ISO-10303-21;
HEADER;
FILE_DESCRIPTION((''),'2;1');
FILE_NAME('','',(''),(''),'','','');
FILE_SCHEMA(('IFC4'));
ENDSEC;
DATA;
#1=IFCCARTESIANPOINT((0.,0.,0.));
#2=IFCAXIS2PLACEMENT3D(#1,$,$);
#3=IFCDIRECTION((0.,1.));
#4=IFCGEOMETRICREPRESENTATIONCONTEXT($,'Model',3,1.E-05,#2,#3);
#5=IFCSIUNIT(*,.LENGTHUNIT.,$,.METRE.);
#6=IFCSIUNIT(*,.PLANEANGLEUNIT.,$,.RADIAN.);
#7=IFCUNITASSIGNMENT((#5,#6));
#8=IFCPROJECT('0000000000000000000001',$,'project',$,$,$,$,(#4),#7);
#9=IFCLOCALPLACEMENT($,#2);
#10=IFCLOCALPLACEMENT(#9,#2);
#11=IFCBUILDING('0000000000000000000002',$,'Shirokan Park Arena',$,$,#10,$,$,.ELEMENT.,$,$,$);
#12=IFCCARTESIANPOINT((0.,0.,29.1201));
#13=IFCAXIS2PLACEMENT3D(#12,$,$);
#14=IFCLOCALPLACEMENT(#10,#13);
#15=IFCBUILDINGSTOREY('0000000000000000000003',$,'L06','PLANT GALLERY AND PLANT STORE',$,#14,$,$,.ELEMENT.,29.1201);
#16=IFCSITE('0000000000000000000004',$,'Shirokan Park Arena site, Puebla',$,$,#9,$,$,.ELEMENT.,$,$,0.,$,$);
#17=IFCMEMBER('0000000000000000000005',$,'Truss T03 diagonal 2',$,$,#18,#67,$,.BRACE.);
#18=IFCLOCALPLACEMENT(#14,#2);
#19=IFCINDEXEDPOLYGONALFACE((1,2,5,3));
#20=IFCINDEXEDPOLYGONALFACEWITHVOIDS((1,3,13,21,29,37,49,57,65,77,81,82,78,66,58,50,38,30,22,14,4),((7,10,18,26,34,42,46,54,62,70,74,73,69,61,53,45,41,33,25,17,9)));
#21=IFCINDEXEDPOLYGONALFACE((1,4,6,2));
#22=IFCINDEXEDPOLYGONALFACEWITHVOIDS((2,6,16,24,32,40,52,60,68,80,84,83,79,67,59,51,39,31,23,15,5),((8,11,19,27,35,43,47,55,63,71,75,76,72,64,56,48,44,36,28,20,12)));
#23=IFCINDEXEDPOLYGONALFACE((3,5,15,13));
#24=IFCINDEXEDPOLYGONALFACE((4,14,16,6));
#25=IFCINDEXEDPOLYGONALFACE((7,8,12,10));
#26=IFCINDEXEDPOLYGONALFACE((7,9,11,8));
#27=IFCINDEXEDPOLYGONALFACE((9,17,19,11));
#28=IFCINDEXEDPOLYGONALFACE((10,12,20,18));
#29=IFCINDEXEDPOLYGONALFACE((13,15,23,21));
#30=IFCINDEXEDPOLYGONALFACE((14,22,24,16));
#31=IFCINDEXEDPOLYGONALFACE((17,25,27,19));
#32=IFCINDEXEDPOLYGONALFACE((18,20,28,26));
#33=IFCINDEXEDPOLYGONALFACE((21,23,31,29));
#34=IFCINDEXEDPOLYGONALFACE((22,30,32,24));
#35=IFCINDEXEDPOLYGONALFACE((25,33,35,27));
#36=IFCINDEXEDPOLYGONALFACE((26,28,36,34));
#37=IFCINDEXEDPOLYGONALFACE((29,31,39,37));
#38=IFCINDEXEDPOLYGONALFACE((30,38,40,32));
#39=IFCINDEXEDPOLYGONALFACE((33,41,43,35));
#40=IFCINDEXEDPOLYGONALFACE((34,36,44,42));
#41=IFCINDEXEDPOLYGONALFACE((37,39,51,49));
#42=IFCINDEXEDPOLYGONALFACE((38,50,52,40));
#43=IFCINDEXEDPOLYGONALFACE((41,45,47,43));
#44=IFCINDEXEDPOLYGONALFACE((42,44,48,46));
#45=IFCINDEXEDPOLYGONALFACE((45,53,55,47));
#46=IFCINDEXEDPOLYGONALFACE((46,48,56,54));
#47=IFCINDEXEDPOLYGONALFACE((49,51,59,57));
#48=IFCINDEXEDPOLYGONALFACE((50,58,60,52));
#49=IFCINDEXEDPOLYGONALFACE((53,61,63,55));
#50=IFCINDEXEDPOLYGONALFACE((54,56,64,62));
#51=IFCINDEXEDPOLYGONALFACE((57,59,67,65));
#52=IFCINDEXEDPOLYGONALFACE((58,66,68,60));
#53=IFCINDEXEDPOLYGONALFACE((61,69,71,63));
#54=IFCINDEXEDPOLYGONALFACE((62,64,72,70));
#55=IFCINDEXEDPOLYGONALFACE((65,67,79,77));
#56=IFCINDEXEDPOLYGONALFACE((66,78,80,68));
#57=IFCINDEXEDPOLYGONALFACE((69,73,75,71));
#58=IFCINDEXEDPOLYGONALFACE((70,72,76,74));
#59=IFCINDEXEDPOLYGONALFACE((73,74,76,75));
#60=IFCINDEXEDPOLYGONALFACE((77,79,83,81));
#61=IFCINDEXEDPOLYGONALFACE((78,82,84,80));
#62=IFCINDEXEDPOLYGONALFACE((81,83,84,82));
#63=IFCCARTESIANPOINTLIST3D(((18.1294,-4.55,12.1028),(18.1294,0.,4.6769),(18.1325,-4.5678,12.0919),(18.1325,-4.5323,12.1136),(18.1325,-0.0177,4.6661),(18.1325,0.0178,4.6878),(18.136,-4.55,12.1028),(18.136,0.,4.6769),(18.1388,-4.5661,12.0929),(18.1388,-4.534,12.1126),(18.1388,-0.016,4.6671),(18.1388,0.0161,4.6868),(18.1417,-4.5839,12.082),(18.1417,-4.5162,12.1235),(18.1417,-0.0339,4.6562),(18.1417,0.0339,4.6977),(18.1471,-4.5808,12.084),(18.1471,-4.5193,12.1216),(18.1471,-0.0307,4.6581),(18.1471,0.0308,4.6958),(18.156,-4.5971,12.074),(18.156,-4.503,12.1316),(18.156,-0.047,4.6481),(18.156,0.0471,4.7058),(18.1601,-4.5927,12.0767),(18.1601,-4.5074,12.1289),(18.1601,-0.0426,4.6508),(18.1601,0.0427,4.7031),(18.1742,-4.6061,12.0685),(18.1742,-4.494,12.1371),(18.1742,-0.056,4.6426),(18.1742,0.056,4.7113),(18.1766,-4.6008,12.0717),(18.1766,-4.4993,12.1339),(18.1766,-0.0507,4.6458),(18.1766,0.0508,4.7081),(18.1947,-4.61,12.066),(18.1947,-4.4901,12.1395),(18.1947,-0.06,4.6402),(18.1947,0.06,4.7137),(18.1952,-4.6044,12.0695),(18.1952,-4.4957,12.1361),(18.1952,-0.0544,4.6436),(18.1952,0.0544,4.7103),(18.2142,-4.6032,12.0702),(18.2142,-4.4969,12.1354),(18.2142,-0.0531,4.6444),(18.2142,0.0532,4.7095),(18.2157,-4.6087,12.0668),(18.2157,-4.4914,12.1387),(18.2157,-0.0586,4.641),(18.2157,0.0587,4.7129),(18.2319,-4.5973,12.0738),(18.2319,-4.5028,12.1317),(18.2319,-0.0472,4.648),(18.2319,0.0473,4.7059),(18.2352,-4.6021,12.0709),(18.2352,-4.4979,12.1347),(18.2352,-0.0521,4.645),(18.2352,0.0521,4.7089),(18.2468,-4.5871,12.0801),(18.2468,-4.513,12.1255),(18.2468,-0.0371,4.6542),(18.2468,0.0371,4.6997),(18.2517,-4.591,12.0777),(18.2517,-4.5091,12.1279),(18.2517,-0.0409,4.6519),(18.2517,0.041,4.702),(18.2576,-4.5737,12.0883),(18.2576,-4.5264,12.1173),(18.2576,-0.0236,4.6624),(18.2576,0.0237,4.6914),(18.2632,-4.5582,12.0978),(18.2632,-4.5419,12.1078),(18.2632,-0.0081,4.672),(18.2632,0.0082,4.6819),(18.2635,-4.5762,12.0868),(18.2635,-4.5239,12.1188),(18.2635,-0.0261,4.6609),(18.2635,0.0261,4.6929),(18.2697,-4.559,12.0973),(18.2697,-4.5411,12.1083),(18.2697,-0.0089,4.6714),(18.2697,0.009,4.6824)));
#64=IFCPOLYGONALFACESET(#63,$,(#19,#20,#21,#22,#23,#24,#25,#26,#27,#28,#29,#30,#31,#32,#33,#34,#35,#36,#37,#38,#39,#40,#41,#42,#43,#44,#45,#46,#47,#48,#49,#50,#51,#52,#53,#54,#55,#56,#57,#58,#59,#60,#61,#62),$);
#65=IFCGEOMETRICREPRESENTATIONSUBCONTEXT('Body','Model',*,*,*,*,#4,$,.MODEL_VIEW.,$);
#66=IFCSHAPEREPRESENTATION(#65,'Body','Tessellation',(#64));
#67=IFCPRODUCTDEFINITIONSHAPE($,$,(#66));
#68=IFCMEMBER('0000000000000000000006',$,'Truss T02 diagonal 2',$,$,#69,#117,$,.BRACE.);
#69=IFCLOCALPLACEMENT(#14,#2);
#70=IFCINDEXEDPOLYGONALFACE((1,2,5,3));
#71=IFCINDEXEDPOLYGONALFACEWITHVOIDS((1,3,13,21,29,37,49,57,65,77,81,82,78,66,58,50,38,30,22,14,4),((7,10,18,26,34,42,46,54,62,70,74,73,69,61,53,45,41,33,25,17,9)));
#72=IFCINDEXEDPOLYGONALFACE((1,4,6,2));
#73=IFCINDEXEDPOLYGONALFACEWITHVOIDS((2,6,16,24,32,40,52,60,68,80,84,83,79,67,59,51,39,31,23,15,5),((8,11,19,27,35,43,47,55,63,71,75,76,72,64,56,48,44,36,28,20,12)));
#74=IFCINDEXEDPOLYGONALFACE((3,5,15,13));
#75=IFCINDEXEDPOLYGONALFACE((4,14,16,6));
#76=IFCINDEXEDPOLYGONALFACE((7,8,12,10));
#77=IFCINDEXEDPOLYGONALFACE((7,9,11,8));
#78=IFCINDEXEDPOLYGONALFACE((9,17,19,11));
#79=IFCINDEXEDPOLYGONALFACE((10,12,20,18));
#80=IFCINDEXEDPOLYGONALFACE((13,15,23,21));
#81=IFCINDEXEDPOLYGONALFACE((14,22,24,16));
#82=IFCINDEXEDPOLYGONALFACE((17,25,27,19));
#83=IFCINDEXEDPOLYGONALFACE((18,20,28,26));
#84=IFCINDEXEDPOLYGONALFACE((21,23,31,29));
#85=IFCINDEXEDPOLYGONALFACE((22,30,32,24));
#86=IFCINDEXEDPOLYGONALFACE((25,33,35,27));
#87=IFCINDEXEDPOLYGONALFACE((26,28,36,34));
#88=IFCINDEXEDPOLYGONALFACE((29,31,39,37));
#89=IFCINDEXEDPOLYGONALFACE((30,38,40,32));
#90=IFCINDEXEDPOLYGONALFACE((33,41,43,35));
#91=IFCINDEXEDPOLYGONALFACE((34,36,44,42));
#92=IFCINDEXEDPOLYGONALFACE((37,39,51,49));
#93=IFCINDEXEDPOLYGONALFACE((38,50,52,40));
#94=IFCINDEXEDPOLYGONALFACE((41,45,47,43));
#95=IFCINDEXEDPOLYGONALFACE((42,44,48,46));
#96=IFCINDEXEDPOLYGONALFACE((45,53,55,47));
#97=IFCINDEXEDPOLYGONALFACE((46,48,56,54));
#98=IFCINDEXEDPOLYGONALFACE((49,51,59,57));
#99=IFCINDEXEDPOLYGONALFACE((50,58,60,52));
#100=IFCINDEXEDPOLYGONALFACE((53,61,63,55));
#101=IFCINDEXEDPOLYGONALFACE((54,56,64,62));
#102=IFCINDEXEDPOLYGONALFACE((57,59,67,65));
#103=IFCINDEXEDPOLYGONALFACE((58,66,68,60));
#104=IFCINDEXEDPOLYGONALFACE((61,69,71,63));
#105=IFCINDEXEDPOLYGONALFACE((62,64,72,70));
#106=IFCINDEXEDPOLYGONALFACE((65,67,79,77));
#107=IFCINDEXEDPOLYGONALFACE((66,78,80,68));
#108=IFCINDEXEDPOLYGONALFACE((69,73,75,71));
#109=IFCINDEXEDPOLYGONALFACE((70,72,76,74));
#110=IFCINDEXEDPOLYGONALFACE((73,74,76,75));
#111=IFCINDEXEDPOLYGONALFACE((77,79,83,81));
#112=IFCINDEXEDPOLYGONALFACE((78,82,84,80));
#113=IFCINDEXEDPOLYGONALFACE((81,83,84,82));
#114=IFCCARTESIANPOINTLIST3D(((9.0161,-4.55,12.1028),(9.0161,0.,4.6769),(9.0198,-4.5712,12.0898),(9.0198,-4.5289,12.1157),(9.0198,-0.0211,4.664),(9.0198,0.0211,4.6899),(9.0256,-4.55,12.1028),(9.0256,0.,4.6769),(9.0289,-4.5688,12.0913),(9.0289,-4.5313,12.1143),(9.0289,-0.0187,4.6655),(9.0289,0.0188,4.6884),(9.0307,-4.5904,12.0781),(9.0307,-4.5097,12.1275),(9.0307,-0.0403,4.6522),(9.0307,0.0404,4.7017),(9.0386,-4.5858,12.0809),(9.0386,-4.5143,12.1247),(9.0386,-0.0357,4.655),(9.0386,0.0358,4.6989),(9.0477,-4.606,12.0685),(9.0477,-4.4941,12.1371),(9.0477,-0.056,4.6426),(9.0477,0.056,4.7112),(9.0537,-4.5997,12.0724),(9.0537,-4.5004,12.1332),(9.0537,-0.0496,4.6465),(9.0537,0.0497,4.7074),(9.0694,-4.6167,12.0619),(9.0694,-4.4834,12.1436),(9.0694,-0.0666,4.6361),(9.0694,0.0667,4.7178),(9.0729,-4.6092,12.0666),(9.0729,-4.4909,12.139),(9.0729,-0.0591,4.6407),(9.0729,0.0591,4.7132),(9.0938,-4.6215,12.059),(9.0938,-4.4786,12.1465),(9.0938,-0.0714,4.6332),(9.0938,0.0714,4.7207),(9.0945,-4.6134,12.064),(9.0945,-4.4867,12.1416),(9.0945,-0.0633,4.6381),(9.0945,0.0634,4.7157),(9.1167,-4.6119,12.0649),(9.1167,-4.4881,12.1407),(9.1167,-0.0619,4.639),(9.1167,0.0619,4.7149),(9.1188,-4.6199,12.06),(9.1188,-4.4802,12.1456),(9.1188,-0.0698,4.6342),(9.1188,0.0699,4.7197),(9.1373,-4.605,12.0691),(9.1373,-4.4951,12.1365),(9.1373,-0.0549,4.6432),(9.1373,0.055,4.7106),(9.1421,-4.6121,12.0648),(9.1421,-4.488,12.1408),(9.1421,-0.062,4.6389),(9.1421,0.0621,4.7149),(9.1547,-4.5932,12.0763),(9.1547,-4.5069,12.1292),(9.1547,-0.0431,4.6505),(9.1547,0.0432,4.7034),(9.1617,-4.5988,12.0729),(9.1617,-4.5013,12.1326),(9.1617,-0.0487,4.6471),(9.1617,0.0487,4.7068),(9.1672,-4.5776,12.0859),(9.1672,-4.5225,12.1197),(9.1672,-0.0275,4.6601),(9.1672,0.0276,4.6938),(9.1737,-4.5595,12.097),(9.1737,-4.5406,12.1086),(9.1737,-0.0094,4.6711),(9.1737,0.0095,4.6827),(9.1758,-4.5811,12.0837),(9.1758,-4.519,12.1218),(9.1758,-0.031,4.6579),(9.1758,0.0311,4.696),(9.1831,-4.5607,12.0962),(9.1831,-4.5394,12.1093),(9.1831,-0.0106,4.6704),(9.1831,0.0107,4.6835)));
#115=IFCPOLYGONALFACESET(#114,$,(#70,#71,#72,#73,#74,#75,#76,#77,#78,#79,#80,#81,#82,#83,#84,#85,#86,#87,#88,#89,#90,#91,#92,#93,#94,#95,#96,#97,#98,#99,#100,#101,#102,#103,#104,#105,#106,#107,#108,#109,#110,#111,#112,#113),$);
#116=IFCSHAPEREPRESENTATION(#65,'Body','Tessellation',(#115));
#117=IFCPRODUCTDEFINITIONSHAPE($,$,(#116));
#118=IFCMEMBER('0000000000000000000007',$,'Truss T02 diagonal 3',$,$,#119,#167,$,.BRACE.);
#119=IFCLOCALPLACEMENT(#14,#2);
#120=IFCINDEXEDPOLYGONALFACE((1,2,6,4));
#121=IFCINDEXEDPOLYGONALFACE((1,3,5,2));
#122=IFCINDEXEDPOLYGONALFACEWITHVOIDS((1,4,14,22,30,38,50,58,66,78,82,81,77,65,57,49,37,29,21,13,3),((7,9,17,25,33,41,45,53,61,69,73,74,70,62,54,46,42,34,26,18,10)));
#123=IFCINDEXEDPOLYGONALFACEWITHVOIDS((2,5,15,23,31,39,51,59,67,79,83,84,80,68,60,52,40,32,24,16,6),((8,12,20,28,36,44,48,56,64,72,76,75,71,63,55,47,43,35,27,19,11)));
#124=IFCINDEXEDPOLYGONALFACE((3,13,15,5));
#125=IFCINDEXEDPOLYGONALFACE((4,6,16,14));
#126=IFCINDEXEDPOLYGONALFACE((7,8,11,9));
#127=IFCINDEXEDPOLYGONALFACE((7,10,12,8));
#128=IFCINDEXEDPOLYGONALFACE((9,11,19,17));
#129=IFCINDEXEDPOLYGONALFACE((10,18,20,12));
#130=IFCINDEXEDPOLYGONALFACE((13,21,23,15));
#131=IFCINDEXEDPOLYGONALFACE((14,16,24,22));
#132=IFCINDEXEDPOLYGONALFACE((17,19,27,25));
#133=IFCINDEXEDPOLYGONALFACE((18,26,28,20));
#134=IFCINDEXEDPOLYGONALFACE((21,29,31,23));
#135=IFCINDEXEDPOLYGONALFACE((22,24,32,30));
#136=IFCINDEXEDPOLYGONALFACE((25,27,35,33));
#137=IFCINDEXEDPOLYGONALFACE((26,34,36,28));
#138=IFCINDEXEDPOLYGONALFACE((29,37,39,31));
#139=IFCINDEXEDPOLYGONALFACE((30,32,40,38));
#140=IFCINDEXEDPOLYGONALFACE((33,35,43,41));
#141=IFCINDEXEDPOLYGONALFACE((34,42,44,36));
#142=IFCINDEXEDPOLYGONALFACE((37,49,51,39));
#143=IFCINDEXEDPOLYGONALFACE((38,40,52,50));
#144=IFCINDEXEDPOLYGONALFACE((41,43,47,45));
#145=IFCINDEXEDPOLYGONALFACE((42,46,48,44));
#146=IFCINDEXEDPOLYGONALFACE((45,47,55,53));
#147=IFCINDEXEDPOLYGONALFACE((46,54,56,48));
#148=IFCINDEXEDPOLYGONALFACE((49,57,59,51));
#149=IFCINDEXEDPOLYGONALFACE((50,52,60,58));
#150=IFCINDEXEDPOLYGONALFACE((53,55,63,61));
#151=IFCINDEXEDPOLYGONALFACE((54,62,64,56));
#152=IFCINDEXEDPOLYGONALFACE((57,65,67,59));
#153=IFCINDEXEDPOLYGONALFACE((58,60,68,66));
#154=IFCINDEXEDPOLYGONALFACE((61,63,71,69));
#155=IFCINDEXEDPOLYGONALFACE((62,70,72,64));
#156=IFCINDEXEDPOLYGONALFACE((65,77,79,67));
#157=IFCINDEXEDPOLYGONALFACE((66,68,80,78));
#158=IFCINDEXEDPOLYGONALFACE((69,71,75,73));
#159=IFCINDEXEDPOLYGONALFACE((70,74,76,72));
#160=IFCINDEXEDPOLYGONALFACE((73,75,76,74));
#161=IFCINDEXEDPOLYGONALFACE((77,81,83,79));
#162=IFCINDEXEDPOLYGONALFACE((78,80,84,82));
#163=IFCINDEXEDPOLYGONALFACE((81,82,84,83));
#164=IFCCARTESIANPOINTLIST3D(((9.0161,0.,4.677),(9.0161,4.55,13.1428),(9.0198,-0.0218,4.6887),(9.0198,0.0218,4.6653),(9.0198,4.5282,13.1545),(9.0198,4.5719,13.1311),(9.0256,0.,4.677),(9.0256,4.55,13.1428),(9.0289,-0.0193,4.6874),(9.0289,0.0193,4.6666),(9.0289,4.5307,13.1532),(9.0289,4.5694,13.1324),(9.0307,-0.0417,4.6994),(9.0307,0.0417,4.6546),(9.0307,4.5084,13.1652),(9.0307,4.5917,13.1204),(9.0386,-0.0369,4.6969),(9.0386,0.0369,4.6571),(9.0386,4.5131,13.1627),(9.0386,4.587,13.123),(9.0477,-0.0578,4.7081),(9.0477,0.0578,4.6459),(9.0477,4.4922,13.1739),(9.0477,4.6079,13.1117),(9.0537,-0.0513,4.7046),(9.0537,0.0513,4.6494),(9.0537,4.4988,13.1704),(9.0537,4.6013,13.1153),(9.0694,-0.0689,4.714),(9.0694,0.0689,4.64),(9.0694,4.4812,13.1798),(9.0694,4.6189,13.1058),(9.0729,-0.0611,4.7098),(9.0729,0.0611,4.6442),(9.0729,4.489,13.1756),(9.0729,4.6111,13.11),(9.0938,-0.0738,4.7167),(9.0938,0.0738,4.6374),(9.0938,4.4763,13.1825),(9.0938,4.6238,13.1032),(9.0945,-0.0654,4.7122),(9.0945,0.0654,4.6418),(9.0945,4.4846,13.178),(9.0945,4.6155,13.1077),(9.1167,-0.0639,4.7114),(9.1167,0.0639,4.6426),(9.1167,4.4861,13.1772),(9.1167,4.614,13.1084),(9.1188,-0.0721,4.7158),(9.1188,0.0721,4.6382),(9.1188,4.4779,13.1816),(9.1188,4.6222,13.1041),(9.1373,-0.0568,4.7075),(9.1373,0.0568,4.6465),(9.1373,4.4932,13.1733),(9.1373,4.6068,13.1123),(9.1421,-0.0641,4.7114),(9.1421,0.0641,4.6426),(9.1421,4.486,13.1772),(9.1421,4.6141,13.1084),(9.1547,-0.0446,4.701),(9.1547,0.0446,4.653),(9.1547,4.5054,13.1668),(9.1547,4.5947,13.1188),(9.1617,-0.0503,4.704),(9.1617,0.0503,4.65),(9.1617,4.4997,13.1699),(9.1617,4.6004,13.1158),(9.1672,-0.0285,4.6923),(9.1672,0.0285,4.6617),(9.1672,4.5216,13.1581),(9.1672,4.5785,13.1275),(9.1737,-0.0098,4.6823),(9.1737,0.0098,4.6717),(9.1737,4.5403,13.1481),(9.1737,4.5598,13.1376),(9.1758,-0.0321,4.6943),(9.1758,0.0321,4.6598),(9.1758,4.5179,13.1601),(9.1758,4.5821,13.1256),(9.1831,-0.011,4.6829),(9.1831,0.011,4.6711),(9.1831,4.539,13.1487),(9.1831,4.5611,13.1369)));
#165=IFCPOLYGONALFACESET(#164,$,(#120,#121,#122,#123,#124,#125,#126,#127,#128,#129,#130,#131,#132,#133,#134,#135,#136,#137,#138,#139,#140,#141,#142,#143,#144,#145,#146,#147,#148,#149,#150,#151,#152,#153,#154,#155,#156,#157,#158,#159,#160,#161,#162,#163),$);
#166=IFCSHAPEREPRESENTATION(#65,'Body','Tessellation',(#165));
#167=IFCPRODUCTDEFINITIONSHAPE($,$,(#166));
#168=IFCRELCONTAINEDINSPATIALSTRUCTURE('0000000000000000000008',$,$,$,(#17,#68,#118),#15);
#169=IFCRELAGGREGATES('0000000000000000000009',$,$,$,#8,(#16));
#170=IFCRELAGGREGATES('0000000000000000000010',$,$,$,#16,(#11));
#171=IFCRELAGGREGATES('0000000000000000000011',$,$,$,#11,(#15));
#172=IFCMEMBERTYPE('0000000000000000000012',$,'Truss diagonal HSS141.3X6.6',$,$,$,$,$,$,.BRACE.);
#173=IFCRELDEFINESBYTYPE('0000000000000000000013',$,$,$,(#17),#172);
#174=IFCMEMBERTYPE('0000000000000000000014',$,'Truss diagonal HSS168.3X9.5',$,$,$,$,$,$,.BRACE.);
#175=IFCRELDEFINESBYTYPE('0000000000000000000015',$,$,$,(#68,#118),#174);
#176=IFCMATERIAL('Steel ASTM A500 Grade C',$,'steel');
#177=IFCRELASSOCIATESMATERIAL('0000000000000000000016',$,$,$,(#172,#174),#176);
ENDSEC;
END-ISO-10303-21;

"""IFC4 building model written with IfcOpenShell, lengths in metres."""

from ifc_helpers import new_model, si_unit, direction, frame, origin, origin_2d, place, context, subcontext, project, spatial, hollow_circle, extrude, material, material_profile, profile_set, type_object, element, save


model = new_model("IFC4")

# Units and contexts
model_context = context("Model", 3, precision=1e-05, world=origin(), true_north=direction((0.0, 1.0)))
body_context = subcontext(model_context, "Body", "Model", "MODEL_VIEW")
ifc_project = project(units=[si_unit("LENGTHUNIT", "METRE"), si_unit("PLANEANGLEUNIT", "RADIAN")], contexts=[model_context])

# Site, building, storey
site_placement = place(None, origin())
site = spatial("IfcSite", under=ifc_project, at=site_placement, Name="Shirokan Park Arena site, Puebla", CompositionType="ELEMENT", RefElevation=0.0)
building_placement = place(site_placement, origin())
building = spatial("IfcBuilding", under=site, at=building_placement, Name="Shirokan Park Arena", CompositionType="ELEMENT")
storey_placement = place(building_placement, frame((0.0, 0.0, 29.1201)))
storey = spatial("IfcBuildingStorey", under=building, at=storey_placement, Name="L06", Description="PLANT GALLERY AND PLANT STORE", CompositionType="ELEMENT", Elevation=29.1201)

# Shared definitions
ifc_material_1 = material(Name="Steel ASTM A500 Grade C", Category="steel")

# Members
ifc_material_profile_1 = material_profile(ifc_material_1, hollow_circle(Radius=0.0706, WallThickness=0.0066, at=origin_2d()), Name="HSS141.3X6.6")
ifc_profile_set_1 = profile_set([ifc_material_profile_1], Name="Steel ASTM A500 Grade C")
member_type_1 = type_object("IfcMemberType", Name="Truss diagonal HSS141.3X6.6", PredefinedType="BRACE", material=ifc_profile_set_1)
member_1_placement = place(storey_placement, frame((18.2, -4.55, 12.1028), z_axis=(0.0, 0.522459, -0.852665), x_axis=(-1.0, 0.0, 0.0)))
element("IfcMember", 1, at=member_1_placement, inside=storey, type_object=member_type_1, Name="Truss T03 diagonal 2", PredefinedType="BRACE", context=body_context, shape_type="SweptSolid", body=[
    extrude(hollow_circle(Radius=0.0706, WallThickness=0.0066, at=origin_2d()), origin(), (0.0, 0.0, 1.0), 8.709),
])
ifc_material_profile_2 = material_profile(ifc_material_1, hollow_circle(Radius=0.084, WallThickness=0.0095, at=origin_2d()), Name="HSS168.3X9.5")
ifc_profile_set_2 = profile_set([ifc_material_profile_2], Name="Steel ASTM A500 Grade C")
member_type_2 = type_object("IfcMemberType", Name="Truss diagonal HSS168.3X9.5", PredefinedType="BRACE", material=ifc_profile_set_2)
member_2_placement = place(storey_placement, frame((9.1001, -4.55, 12.1028), z_axis=(0.0, 0.522459, -0.852665), x_axis=(-1.0, 0.0, 0.0)))
element("IfcMember", 2, at=member_2_placement, inside=storey, type_object=member_type_2, Name="Truss T02 diagonal 2", PredefinedType="BRACE", context=body_context, shape_type="SweptSolid", body=[
    extrude(hollow_circle(Radius=0.084, WallThickness=0.0095, at=origin_2d()), origin(), (0.0, 0.0, 1.0), 8.709),
])
member_3_placement = place(storey_placement, frame((9.1001, 0.0, 4.677), z_axis=(0.0, 0.473417, 0.880839), x_axis=(-1.0, 0.0, 0.0)))
element("IfcMember", 3, at=member_3_placement, inside=storey, type_object=member_type_2, Name="Truss T02 diagonal 3", PredefinedType="BRACE", context=body_context, shape_type="SweptSolid", body=[
    extrude(hollow_circle(Radius=0.084, WallThickness=0.0095, at=origin_2d()), origin(), (0.0, 0.0, 1.0), 9.6111),
])

save(model, "model.ifc")
